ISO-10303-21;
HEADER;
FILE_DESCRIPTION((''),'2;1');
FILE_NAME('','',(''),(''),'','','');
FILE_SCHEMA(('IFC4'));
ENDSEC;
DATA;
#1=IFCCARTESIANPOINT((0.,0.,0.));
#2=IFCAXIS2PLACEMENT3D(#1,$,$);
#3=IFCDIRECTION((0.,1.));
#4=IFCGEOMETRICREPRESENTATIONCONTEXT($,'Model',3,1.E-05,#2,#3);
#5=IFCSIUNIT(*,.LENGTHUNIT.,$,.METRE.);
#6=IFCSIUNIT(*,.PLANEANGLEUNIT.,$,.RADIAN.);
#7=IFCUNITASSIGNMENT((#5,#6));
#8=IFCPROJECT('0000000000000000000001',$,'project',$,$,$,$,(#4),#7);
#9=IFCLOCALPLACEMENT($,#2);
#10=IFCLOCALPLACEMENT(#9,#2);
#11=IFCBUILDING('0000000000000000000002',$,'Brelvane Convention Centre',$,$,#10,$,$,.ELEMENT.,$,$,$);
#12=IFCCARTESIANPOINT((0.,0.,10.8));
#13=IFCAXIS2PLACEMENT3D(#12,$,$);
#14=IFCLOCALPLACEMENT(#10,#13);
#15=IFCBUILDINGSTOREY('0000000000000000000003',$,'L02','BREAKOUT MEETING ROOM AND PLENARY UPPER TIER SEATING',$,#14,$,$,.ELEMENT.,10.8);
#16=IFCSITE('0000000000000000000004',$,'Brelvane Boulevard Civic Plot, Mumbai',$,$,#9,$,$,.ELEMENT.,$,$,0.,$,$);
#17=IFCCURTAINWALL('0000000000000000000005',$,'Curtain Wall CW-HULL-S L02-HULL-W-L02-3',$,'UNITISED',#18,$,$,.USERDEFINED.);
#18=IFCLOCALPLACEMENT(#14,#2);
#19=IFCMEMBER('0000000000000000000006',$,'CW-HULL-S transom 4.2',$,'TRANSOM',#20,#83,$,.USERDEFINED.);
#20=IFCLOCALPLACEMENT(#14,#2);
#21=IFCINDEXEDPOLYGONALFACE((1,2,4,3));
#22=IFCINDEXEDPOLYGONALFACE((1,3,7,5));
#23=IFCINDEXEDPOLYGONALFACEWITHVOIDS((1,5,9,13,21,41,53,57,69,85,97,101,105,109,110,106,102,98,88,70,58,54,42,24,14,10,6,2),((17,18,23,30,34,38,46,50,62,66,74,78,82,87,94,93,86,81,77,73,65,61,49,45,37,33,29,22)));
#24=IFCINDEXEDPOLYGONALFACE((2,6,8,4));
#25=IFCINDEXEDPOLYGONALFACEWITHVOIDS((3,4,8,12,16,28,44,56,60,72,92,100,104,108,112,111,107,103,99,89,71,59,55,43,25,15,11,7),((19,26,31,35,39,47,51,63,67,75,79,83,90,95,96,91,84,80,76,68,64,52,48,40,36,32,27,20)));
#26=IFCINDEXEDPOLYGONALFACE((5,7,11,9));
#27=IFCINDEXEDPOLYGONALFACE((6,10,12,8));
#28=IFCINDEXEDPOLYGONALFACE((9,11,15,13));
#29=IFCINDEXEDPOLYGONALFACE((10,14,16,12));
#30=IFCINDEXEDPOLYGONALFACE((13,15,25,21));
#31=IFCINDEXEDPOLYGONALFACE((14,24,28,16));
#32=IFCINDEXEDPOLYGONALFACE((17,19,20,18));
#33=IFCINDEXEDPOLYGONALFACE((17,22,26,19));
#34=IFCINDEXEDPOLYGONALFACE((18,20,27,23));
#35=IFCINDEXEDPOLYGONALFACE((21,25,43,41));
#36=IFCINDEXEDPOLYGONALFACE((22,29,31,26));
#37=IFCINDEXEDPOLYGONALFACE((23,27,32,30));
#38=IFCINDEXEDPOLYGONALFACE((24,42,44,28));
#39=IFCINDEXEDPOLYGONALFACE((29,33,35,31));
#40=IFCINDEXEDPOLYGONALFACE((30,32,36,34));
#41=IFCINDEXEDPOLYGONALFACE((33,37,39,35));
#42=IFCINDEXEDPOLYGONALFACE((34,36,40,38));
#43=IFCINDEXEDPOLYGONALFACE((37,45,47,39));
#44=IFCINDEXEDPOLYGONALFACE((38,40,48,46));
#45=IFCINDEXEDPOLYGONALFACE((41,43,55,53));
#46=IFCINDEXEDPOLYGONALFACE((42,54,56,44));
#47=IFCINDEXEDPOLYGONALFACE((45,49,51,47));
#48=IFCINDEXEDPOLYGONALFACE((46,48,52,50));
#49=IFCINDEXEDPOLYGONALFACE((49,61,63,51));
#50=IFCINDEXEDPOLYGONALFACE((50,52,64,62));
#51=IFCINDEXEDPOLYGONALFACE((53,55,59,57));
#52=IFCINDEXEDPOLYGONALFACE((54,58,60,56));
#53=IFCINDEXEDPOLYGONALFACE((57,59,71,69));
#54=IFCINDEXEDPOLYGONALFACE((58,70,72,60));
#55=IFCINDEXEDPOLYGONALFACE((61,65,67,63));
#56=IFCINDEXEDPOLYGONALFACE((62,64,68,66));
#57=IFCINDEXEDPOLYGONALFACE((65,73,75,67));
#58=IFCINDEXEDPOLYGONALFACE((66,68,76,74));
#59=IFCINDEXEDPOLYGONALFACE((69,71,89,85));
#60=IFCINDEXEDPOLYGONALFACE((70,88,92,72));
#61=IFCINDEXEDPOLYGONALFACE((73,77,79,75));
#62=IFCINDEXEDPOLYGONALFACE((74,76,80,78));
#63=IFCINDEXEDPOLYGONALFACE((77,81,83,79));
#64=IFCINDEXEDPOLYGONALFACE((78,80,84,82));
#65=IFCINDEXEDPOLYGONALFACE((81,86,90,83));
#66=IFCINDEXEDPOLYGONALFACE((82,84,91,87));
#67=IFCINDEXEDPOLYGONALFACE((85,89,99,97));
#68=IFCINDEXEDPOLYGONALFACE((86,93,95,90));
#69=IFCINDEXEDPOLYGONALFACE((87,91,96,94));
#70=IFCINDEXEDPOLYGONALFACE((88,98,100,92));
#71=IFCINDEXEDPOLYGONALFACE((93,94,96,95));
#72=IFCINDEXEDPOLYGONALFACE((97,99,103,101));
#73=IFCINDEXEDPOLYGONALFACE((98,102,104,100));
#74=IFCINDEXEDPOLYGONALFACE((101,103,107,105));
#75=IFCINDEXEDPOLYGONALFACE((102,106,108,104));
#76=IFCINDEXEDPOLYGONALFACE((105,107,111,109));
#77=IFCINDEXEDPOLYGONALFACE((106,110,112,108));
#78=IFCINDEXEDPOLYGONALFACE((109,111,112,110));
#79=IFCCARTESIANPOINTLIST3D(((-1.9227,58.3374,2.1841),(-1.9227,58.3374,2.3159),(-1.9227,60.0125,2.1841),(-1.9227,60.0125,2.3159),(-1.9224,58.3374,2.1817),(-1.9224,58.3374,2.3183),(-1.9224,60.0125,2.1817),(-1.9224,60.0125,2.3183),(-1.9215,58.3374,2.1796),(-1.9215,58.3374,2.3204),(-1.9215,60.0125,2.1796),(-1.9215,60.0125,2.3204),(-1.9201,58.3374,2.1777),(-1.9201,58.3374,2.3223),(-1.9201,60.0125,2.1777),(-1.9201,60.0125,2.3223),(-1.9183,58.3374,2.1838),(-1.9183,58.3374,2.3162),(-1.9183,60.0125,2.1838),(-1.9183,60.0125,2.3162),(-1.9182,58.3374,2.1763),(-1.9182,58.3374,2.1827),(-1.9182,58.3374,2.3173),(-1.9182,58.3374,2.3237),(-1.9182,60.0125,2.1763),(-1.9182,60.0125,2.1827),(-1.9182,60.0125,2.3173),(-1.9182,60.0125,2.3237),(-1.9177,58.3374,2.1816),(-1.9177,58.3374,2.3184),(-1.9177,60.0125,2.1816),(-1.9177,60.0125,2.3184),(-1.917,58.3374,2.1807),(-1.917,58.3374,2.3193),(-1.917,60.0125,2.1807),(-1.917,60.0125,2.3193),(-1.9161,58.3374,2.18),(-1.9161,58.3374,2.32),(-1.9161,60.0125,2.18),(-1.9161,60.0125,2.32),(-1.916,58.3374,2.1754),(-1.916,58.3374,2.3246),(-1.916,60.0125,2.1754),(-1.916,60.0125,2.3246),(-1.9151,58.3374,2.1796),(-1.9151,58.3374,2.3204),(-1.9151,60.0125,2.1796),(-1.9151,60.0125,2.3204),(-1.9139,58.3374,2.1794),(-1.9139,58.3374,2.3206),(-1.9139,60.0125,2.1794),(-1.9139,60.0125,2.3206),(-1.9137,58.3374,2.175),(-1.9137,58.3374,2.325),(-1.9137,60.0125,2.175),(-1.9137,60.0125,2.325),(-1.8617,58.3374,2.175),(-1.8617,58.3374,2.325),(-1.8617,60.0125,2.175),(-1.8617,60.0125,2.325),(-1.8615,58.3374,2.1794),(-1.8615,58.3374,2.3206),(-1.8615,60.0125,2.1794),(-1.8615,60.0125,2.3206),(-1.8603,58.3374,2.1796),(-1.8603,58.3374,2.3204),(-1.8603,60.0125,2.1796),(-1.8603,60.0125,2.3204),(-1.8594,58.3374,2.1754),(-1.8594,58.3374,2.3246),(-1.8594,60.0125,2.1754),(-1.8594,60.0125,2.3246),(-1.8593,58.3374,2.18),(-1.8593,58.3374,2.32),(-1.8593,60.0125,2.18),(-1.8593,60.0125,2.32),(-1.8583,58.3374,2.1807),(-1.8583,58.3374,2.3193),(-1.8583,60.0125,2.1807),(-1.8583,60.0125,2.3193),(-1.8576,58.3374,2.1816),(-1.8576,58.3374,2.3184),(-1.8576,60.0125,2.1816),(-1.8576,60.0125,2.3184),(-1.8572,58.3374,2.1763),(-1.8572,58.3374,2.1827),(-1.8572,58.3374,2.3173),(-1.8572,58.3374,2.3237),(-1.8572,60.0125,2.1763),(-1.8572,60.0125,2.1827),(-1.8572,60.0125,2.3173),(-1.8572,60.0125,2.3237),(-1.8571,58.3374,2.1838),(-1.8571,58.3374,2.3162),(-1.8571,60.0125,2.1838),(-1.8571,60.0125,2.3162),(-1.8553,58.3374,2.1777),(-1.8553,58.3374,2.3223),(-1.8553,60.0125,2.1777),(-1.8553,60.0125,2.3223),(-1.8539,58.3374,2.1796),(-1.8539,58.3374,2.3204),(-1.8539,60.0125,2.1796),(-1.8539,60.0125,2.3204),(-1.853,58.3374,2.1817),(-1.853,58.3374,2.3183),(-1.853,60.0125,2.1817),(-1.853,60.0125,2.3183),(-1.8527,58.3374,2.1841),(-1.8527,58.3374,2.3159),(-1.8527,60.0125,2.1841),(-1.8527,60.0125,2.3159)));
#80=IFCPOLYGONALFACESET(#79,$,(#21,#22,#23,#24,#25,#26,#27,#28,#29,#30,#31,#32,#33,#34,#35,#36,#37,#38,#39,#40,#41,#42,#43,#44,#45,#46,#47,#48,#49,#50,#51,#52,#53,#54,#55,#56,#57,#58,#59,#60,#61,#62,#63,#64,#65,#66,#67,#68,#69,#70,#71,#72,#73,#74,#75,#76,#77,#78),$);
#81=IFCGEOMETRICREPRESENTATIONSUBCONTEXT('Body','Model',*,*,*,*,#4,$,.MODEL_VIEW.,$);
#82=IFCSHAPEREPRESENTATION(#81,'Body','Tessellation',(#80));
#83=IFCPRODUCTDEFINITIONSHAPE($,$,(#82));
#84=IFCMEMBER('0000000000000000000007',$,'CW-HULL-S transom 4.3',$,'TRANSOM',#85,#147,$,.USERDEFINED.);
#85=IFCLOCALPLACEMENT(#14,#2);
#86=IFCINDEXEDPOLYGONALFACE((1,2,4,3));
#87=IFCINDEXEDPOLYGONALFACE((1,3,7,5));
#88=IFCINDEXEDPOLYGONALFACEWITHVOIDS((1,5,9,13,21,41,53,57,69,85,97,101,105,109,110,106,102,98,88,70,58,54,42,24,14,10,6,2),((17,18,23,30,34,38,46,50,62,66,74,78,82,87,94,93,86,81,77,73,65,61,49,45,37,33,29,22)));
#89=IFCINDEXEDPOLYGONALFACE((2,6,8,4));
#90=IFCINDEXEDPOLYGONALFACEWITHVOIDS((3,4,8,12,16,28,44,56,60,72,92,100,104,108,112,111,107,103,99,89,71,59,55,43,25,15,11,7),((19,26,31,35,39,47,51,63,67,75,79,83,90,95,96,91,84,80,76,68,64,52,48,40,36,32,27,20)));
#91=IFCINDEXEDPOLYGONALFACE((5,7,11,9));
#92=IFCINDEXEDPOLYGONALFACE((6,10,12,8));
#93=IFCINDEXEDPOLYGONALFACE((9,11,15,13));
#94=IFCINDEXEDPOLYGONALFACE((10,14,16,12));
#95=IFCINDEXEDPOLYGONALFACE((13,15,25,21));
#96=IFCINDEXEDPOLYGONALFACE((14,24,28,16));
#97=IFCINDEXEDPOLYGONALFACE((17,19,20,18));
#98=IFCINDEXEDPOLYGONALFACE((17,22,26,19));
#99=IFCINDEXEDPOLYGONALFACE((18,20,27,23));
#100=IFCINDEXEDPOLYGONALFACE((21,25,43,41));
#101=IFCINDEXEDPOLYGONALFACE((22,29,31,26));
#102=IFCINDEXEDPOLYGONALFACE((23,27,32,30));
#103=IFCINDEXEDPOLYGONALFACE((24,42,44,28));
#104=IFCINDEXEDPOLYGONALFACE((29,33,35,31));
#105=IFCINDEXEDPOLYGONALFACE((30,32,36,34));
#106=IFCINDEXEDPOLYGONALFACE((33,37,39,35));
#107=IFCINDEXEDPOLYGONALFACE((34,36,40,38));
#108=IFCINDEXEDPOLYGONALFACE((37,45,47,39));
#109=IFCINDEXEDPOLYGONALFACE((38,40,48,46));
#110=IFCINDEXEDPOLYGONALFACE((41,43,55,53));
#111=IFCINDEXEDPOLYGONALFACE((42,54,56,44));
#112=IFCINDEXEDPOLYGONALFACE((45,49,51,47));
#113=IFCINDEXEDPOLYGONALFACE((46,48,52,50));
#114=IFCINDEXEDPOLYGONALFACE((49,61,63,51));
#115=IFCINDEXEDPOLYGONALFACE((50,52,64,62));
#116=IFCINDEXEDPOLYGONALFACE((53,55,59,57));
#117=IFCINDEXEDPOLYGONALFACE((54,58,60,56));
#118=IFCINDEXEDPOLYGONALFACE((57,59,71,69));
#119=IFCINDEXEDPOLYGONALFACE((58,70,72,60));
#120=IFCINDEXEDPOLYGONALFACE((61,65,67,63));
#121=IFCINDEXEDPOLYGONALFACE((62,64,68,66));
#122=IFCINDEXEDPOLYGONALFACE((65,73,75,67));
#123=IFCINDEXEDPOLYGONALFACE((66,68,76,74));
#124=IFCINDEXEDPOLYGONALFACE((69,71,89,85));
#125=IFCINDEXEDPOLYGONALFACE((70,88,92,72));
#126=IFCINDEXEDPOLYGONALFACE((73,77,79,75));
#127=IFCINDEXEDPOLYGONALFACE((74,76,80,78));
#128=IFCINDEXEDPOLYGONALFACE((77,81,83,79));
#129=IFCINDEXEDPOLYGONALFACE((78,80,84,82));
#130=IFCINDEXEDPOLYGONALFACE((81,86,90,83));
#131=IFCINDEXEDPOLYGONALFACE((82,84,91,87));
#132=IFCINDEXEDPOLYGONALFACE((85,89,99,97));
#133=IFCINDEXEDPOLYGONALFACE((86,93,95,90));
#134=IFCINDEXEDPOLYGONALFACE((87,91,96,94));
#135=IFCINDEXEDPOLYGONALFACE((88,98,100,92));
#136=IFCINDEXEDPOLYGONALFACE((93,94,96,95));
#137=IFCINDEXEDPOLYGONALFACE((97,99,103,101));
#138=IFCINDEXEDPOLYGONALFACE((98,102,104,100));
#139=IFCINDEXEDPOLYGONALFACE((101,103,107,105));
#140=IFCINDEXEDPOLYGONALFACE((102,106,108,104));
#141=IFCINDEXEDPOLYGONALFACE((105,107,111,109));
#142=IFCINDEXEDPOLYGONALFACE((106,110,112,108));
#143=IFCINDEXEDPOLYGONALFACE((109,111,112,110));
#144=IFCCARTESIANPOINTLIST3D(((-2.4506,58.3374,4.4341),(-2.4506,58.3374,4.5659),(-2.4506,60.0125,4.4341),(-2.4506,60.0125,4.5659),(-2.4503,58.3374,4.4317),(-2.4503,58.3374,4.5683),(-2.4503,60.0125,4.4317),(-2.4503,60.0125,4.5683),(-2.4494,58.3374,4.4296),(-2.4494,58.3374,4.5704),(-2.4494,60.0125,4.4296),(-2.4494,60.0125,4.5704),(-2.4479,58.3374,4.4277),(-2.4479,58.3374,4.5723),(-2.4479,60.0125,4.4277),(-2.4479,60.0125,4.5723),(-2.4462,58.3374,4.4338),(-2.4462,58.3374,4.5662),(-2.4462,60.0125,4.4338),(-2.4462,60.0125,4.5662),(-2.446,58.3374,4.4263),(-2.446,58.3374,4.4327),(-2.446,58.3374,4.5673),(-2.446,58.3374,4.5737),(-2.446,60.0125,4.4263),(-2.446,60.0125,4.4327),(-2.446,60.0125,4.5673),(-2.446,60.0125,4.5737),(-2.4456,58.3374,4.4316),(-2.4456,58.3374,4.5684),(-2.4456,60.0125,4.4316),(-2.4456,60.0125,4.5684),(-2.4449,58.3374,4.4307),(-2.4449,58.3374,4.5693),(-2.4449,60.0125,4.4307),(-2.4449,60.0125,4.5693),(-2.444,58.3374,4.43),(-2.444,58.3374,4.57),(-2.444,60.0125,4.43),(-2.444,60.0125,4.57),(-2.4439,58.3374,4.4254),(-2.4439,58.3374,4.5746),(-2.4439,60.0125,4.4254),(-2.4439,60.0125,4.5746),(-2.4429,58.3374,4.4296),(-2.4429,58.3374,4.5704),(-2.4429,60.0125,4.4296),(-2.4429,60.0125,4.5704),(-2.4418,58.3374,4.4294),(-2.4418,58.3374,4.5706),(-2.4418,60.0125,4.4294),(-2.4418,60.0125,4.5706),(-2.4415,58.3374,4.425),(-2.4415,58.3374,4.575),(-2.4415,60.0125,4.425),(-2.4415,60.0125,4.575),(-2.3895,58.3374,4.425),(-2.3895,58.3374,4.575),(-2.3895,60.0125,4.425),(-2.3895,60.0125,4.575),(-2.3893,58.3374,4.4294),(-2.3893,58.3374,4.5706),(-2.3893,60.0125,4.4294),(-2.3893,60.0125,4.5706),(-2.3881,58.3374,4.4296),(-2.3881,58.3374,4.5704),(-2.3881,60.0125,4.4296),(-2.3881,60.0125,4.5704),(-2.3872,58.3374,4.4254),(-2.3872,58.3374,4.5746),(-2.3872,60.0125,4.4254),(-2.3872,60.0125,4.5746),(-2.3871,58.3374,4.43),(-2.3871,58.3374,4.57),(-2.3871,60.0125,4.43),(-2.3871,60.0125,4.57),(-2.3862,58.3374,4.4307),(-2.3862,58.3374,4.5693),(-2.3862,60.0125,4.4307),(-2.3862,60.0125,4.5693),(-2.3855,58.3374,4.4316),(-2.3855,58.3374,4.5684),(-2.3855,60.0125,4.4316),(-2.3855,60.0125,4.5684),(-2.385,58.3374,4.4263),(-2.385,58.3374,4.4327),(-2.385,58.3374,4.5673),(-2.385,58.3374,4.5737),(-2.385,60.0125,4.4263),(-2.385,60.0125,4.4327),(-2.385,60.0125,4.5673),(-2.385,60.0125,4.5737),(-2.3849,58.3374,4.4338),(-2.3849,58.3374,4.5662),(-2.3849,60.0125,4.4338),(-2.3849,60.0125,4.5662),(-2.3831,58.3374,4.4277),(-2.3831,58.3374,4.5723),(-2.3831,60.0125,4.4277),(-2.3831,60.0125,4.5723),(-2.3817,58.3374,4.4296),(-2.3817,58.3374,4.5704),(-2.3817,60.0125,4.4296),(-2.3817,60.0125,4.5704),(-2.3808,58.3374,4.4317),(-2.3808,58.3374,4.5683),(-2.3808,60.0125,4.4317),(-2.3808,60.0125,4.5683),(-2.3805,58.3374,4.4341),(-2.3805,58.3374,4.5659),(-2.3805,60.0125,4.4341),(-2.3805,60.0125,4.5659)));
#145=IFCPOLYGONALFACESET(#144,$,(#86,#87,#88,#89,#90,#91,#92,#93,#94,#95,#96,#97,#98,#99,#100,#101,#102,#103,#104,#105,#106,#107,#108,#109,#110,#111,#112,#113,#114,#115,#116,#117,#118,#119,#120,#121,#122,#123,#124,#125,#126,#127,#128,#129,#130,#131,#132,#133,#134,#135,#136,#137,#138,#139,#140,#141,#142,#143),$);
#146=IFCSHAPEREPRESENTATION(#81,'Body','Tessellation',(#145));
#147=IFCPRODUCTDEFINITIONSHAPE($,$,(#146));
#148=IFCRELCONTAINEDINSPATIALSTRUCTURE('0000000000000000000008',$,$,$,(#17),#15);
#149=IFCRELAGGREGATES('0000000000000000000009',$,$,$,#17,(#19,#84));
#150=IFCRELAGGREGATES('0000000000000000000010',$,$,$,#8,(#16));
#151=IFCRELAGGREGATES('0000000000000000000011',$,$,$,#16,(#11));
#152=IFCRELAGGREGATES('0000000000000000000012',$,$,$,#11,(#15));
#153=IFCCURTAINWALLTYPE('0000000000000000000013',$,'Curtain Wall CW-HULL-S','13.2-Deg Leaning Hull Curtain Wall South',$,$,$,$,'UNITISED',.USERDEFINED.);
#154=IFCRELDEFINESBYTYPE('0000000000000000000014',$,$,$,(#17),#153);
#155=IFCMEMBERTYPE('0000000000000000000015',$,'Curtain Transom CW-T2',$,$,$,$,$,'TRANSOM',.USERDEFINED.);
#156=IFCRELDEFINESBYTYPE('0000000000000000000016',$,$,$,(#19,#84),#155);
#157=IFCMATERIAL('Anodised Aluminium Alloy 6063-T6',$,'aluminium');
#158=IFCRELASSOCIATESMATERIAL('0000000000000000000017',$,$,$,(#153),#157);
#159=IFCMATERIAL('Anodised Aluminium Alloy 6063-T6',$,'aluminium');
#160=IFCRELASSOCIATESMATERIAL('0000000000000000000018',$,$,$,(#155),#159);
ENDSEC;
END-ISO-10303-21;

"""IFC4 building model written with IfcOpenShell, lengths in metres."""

from ifc_helpers import new_model, si_unit, direction, frame, origin, origin_2d, place, context, subcontext, project, spatial, hollow_rectangle, extrude, material, material_profile, profile_set, type_object, element, aggregate, save


model = new_model("IFC4")

# Units and contexts
model_context = context("Model", 3, precision=1e-05, world=origin(), true_north=direction((0.0, 1.0)))
body_context = subcontext(model_context, "Body", "Model", "MODEL_VIEW")
ifc_project = project(units=[si_unit("LENGTHUNIT", "METRE"), si_unit("PLANEANGLEUNIT", "RADIAN")], contexts=[model_context])

# Site, building, storey
site_placement = place(None, origin())
site = spatial("IfcSite", under=ifc_project, at=site_placement, Name="Brelvane Boulevard Civic Plot, Mumbai", CompositionType="ELEMENT", RefElevation=0.0)
building_placement = place(site_placement, origin())
building = spatial("IfcBuilding", under=site, at=building_placement, Name="Brelvane Convention Centre", CompositionType="ELEMENT")
storey_placement = place(building_placement, frame((0.0, 0.0, 10.8)))
storey = spatial("IfcBuildingStorey", under=building, at=storey_placement, Name="L02", Description="BREAKOUT MEETING ROOM AND PLENARY UPPER TIER SEATING", CompositionType="ELEMENT", Elevation=10.8)

# Curtain wall, members
ifc_material_1 = material(Name="Anodised Aluminium Alloy 6063-T6", Category="aluminium")
curtain_wall_type = type_object("IfcCurtainWallType", Name="Curtain Wall CW-HULL-S", Description="13.2-Deg Leaning Hull Curtain Wall South", ElementType="UNITISED", PredefinedType="USERDEFINED", material=ifc_material_1)
curtain_wall_placement = place(storey_placement, origin())
curtain_wall = element("IfcCurtainWall", 1, at=curtain_wall_placement, inside=storey, type_object=curtain_wall_type, Name="Curtain Wall CW-HULL-S L02-HULL-W-L02-3", ObjectType="UNITISED", PredefinedType="USERDEFINED")
ifc_material_2 = material(Name="Anodised Aluminium Alloy 6063-T6", Category="aluminium")
ifc_material_profile_1 = material_profile(ifc_material_2, hollow_rectangle(XDim=0.0701, YDim=0.1499, WallThickness=0.0044, InnerFilletRadius=0.0044, OuterFilletRadius=0.009, at=origin_2d()), Name="ALU-T 150x70x4.5")
ifc_profile_set_1 = profile_set([ifc_material_profile_1], Name="Anodised Aluminium Alloy 6063-T6")
member_type_1 = type_object("IfcMemberType", Name="Curtain Transom CW-T2", ElementType="TRANSOM", PredefinedType="USERDEFINED", material=ifc_profile_set_1)
member_1_placement = place(storey_placement, frame((-1.8877, 58.3374, 2.25), z_axis=(0.0, 1.0, 0.0), x_axis=(-1.0, 0.0, 0.0)))
member_1 = element("IfcMember", 2, at=member_1_placement, type_object=member_type_1, Name="CW-HULL-S transom 4.2", ObjectType="TRANSOM", PredefinedType="USERDEFINED", context=body_context, shape_type="SweptSolid", body=[
    extrude(hollow_rectangle(XDim=0.0701, YDim=0.1499, WallThickness=0.0044, InnerFilletRadius=0.0044, OuterFilletRadius=0.009, at=origin_2d()), origin(), (0.0, 0.0, 1.0), 1.675),
])
member_2_placement = place(storey_placement, frame((-2.4155, 58.3374, 4.5), z_axis=(0.0, 1.0, 0.0), x_axis=(-1.0, 0.0, 0.0)))
member_2 = element("IfcMember", 3, at=member_2_placement, type_object=member_type_1, Name="CW-HULL-S transom 4.3", ObjectType="TRANSOM", PredefinedType="USERDEFINED", context=body_context, shape_type="SweptSolid", body=[
    extrude(hollow_rectangle(XDim=0.0701, YDim=0.1499, WallThickness=0.0044, InnerFilletRadius=0.0044, OuterFilletRadius=0.009, at=origin_2d()), origin(), (0.0, 0.0, 1.0), 1.675),
])
aggregate(curtain_wall, [member_1, member_2])

save(model, "model.ifc")
